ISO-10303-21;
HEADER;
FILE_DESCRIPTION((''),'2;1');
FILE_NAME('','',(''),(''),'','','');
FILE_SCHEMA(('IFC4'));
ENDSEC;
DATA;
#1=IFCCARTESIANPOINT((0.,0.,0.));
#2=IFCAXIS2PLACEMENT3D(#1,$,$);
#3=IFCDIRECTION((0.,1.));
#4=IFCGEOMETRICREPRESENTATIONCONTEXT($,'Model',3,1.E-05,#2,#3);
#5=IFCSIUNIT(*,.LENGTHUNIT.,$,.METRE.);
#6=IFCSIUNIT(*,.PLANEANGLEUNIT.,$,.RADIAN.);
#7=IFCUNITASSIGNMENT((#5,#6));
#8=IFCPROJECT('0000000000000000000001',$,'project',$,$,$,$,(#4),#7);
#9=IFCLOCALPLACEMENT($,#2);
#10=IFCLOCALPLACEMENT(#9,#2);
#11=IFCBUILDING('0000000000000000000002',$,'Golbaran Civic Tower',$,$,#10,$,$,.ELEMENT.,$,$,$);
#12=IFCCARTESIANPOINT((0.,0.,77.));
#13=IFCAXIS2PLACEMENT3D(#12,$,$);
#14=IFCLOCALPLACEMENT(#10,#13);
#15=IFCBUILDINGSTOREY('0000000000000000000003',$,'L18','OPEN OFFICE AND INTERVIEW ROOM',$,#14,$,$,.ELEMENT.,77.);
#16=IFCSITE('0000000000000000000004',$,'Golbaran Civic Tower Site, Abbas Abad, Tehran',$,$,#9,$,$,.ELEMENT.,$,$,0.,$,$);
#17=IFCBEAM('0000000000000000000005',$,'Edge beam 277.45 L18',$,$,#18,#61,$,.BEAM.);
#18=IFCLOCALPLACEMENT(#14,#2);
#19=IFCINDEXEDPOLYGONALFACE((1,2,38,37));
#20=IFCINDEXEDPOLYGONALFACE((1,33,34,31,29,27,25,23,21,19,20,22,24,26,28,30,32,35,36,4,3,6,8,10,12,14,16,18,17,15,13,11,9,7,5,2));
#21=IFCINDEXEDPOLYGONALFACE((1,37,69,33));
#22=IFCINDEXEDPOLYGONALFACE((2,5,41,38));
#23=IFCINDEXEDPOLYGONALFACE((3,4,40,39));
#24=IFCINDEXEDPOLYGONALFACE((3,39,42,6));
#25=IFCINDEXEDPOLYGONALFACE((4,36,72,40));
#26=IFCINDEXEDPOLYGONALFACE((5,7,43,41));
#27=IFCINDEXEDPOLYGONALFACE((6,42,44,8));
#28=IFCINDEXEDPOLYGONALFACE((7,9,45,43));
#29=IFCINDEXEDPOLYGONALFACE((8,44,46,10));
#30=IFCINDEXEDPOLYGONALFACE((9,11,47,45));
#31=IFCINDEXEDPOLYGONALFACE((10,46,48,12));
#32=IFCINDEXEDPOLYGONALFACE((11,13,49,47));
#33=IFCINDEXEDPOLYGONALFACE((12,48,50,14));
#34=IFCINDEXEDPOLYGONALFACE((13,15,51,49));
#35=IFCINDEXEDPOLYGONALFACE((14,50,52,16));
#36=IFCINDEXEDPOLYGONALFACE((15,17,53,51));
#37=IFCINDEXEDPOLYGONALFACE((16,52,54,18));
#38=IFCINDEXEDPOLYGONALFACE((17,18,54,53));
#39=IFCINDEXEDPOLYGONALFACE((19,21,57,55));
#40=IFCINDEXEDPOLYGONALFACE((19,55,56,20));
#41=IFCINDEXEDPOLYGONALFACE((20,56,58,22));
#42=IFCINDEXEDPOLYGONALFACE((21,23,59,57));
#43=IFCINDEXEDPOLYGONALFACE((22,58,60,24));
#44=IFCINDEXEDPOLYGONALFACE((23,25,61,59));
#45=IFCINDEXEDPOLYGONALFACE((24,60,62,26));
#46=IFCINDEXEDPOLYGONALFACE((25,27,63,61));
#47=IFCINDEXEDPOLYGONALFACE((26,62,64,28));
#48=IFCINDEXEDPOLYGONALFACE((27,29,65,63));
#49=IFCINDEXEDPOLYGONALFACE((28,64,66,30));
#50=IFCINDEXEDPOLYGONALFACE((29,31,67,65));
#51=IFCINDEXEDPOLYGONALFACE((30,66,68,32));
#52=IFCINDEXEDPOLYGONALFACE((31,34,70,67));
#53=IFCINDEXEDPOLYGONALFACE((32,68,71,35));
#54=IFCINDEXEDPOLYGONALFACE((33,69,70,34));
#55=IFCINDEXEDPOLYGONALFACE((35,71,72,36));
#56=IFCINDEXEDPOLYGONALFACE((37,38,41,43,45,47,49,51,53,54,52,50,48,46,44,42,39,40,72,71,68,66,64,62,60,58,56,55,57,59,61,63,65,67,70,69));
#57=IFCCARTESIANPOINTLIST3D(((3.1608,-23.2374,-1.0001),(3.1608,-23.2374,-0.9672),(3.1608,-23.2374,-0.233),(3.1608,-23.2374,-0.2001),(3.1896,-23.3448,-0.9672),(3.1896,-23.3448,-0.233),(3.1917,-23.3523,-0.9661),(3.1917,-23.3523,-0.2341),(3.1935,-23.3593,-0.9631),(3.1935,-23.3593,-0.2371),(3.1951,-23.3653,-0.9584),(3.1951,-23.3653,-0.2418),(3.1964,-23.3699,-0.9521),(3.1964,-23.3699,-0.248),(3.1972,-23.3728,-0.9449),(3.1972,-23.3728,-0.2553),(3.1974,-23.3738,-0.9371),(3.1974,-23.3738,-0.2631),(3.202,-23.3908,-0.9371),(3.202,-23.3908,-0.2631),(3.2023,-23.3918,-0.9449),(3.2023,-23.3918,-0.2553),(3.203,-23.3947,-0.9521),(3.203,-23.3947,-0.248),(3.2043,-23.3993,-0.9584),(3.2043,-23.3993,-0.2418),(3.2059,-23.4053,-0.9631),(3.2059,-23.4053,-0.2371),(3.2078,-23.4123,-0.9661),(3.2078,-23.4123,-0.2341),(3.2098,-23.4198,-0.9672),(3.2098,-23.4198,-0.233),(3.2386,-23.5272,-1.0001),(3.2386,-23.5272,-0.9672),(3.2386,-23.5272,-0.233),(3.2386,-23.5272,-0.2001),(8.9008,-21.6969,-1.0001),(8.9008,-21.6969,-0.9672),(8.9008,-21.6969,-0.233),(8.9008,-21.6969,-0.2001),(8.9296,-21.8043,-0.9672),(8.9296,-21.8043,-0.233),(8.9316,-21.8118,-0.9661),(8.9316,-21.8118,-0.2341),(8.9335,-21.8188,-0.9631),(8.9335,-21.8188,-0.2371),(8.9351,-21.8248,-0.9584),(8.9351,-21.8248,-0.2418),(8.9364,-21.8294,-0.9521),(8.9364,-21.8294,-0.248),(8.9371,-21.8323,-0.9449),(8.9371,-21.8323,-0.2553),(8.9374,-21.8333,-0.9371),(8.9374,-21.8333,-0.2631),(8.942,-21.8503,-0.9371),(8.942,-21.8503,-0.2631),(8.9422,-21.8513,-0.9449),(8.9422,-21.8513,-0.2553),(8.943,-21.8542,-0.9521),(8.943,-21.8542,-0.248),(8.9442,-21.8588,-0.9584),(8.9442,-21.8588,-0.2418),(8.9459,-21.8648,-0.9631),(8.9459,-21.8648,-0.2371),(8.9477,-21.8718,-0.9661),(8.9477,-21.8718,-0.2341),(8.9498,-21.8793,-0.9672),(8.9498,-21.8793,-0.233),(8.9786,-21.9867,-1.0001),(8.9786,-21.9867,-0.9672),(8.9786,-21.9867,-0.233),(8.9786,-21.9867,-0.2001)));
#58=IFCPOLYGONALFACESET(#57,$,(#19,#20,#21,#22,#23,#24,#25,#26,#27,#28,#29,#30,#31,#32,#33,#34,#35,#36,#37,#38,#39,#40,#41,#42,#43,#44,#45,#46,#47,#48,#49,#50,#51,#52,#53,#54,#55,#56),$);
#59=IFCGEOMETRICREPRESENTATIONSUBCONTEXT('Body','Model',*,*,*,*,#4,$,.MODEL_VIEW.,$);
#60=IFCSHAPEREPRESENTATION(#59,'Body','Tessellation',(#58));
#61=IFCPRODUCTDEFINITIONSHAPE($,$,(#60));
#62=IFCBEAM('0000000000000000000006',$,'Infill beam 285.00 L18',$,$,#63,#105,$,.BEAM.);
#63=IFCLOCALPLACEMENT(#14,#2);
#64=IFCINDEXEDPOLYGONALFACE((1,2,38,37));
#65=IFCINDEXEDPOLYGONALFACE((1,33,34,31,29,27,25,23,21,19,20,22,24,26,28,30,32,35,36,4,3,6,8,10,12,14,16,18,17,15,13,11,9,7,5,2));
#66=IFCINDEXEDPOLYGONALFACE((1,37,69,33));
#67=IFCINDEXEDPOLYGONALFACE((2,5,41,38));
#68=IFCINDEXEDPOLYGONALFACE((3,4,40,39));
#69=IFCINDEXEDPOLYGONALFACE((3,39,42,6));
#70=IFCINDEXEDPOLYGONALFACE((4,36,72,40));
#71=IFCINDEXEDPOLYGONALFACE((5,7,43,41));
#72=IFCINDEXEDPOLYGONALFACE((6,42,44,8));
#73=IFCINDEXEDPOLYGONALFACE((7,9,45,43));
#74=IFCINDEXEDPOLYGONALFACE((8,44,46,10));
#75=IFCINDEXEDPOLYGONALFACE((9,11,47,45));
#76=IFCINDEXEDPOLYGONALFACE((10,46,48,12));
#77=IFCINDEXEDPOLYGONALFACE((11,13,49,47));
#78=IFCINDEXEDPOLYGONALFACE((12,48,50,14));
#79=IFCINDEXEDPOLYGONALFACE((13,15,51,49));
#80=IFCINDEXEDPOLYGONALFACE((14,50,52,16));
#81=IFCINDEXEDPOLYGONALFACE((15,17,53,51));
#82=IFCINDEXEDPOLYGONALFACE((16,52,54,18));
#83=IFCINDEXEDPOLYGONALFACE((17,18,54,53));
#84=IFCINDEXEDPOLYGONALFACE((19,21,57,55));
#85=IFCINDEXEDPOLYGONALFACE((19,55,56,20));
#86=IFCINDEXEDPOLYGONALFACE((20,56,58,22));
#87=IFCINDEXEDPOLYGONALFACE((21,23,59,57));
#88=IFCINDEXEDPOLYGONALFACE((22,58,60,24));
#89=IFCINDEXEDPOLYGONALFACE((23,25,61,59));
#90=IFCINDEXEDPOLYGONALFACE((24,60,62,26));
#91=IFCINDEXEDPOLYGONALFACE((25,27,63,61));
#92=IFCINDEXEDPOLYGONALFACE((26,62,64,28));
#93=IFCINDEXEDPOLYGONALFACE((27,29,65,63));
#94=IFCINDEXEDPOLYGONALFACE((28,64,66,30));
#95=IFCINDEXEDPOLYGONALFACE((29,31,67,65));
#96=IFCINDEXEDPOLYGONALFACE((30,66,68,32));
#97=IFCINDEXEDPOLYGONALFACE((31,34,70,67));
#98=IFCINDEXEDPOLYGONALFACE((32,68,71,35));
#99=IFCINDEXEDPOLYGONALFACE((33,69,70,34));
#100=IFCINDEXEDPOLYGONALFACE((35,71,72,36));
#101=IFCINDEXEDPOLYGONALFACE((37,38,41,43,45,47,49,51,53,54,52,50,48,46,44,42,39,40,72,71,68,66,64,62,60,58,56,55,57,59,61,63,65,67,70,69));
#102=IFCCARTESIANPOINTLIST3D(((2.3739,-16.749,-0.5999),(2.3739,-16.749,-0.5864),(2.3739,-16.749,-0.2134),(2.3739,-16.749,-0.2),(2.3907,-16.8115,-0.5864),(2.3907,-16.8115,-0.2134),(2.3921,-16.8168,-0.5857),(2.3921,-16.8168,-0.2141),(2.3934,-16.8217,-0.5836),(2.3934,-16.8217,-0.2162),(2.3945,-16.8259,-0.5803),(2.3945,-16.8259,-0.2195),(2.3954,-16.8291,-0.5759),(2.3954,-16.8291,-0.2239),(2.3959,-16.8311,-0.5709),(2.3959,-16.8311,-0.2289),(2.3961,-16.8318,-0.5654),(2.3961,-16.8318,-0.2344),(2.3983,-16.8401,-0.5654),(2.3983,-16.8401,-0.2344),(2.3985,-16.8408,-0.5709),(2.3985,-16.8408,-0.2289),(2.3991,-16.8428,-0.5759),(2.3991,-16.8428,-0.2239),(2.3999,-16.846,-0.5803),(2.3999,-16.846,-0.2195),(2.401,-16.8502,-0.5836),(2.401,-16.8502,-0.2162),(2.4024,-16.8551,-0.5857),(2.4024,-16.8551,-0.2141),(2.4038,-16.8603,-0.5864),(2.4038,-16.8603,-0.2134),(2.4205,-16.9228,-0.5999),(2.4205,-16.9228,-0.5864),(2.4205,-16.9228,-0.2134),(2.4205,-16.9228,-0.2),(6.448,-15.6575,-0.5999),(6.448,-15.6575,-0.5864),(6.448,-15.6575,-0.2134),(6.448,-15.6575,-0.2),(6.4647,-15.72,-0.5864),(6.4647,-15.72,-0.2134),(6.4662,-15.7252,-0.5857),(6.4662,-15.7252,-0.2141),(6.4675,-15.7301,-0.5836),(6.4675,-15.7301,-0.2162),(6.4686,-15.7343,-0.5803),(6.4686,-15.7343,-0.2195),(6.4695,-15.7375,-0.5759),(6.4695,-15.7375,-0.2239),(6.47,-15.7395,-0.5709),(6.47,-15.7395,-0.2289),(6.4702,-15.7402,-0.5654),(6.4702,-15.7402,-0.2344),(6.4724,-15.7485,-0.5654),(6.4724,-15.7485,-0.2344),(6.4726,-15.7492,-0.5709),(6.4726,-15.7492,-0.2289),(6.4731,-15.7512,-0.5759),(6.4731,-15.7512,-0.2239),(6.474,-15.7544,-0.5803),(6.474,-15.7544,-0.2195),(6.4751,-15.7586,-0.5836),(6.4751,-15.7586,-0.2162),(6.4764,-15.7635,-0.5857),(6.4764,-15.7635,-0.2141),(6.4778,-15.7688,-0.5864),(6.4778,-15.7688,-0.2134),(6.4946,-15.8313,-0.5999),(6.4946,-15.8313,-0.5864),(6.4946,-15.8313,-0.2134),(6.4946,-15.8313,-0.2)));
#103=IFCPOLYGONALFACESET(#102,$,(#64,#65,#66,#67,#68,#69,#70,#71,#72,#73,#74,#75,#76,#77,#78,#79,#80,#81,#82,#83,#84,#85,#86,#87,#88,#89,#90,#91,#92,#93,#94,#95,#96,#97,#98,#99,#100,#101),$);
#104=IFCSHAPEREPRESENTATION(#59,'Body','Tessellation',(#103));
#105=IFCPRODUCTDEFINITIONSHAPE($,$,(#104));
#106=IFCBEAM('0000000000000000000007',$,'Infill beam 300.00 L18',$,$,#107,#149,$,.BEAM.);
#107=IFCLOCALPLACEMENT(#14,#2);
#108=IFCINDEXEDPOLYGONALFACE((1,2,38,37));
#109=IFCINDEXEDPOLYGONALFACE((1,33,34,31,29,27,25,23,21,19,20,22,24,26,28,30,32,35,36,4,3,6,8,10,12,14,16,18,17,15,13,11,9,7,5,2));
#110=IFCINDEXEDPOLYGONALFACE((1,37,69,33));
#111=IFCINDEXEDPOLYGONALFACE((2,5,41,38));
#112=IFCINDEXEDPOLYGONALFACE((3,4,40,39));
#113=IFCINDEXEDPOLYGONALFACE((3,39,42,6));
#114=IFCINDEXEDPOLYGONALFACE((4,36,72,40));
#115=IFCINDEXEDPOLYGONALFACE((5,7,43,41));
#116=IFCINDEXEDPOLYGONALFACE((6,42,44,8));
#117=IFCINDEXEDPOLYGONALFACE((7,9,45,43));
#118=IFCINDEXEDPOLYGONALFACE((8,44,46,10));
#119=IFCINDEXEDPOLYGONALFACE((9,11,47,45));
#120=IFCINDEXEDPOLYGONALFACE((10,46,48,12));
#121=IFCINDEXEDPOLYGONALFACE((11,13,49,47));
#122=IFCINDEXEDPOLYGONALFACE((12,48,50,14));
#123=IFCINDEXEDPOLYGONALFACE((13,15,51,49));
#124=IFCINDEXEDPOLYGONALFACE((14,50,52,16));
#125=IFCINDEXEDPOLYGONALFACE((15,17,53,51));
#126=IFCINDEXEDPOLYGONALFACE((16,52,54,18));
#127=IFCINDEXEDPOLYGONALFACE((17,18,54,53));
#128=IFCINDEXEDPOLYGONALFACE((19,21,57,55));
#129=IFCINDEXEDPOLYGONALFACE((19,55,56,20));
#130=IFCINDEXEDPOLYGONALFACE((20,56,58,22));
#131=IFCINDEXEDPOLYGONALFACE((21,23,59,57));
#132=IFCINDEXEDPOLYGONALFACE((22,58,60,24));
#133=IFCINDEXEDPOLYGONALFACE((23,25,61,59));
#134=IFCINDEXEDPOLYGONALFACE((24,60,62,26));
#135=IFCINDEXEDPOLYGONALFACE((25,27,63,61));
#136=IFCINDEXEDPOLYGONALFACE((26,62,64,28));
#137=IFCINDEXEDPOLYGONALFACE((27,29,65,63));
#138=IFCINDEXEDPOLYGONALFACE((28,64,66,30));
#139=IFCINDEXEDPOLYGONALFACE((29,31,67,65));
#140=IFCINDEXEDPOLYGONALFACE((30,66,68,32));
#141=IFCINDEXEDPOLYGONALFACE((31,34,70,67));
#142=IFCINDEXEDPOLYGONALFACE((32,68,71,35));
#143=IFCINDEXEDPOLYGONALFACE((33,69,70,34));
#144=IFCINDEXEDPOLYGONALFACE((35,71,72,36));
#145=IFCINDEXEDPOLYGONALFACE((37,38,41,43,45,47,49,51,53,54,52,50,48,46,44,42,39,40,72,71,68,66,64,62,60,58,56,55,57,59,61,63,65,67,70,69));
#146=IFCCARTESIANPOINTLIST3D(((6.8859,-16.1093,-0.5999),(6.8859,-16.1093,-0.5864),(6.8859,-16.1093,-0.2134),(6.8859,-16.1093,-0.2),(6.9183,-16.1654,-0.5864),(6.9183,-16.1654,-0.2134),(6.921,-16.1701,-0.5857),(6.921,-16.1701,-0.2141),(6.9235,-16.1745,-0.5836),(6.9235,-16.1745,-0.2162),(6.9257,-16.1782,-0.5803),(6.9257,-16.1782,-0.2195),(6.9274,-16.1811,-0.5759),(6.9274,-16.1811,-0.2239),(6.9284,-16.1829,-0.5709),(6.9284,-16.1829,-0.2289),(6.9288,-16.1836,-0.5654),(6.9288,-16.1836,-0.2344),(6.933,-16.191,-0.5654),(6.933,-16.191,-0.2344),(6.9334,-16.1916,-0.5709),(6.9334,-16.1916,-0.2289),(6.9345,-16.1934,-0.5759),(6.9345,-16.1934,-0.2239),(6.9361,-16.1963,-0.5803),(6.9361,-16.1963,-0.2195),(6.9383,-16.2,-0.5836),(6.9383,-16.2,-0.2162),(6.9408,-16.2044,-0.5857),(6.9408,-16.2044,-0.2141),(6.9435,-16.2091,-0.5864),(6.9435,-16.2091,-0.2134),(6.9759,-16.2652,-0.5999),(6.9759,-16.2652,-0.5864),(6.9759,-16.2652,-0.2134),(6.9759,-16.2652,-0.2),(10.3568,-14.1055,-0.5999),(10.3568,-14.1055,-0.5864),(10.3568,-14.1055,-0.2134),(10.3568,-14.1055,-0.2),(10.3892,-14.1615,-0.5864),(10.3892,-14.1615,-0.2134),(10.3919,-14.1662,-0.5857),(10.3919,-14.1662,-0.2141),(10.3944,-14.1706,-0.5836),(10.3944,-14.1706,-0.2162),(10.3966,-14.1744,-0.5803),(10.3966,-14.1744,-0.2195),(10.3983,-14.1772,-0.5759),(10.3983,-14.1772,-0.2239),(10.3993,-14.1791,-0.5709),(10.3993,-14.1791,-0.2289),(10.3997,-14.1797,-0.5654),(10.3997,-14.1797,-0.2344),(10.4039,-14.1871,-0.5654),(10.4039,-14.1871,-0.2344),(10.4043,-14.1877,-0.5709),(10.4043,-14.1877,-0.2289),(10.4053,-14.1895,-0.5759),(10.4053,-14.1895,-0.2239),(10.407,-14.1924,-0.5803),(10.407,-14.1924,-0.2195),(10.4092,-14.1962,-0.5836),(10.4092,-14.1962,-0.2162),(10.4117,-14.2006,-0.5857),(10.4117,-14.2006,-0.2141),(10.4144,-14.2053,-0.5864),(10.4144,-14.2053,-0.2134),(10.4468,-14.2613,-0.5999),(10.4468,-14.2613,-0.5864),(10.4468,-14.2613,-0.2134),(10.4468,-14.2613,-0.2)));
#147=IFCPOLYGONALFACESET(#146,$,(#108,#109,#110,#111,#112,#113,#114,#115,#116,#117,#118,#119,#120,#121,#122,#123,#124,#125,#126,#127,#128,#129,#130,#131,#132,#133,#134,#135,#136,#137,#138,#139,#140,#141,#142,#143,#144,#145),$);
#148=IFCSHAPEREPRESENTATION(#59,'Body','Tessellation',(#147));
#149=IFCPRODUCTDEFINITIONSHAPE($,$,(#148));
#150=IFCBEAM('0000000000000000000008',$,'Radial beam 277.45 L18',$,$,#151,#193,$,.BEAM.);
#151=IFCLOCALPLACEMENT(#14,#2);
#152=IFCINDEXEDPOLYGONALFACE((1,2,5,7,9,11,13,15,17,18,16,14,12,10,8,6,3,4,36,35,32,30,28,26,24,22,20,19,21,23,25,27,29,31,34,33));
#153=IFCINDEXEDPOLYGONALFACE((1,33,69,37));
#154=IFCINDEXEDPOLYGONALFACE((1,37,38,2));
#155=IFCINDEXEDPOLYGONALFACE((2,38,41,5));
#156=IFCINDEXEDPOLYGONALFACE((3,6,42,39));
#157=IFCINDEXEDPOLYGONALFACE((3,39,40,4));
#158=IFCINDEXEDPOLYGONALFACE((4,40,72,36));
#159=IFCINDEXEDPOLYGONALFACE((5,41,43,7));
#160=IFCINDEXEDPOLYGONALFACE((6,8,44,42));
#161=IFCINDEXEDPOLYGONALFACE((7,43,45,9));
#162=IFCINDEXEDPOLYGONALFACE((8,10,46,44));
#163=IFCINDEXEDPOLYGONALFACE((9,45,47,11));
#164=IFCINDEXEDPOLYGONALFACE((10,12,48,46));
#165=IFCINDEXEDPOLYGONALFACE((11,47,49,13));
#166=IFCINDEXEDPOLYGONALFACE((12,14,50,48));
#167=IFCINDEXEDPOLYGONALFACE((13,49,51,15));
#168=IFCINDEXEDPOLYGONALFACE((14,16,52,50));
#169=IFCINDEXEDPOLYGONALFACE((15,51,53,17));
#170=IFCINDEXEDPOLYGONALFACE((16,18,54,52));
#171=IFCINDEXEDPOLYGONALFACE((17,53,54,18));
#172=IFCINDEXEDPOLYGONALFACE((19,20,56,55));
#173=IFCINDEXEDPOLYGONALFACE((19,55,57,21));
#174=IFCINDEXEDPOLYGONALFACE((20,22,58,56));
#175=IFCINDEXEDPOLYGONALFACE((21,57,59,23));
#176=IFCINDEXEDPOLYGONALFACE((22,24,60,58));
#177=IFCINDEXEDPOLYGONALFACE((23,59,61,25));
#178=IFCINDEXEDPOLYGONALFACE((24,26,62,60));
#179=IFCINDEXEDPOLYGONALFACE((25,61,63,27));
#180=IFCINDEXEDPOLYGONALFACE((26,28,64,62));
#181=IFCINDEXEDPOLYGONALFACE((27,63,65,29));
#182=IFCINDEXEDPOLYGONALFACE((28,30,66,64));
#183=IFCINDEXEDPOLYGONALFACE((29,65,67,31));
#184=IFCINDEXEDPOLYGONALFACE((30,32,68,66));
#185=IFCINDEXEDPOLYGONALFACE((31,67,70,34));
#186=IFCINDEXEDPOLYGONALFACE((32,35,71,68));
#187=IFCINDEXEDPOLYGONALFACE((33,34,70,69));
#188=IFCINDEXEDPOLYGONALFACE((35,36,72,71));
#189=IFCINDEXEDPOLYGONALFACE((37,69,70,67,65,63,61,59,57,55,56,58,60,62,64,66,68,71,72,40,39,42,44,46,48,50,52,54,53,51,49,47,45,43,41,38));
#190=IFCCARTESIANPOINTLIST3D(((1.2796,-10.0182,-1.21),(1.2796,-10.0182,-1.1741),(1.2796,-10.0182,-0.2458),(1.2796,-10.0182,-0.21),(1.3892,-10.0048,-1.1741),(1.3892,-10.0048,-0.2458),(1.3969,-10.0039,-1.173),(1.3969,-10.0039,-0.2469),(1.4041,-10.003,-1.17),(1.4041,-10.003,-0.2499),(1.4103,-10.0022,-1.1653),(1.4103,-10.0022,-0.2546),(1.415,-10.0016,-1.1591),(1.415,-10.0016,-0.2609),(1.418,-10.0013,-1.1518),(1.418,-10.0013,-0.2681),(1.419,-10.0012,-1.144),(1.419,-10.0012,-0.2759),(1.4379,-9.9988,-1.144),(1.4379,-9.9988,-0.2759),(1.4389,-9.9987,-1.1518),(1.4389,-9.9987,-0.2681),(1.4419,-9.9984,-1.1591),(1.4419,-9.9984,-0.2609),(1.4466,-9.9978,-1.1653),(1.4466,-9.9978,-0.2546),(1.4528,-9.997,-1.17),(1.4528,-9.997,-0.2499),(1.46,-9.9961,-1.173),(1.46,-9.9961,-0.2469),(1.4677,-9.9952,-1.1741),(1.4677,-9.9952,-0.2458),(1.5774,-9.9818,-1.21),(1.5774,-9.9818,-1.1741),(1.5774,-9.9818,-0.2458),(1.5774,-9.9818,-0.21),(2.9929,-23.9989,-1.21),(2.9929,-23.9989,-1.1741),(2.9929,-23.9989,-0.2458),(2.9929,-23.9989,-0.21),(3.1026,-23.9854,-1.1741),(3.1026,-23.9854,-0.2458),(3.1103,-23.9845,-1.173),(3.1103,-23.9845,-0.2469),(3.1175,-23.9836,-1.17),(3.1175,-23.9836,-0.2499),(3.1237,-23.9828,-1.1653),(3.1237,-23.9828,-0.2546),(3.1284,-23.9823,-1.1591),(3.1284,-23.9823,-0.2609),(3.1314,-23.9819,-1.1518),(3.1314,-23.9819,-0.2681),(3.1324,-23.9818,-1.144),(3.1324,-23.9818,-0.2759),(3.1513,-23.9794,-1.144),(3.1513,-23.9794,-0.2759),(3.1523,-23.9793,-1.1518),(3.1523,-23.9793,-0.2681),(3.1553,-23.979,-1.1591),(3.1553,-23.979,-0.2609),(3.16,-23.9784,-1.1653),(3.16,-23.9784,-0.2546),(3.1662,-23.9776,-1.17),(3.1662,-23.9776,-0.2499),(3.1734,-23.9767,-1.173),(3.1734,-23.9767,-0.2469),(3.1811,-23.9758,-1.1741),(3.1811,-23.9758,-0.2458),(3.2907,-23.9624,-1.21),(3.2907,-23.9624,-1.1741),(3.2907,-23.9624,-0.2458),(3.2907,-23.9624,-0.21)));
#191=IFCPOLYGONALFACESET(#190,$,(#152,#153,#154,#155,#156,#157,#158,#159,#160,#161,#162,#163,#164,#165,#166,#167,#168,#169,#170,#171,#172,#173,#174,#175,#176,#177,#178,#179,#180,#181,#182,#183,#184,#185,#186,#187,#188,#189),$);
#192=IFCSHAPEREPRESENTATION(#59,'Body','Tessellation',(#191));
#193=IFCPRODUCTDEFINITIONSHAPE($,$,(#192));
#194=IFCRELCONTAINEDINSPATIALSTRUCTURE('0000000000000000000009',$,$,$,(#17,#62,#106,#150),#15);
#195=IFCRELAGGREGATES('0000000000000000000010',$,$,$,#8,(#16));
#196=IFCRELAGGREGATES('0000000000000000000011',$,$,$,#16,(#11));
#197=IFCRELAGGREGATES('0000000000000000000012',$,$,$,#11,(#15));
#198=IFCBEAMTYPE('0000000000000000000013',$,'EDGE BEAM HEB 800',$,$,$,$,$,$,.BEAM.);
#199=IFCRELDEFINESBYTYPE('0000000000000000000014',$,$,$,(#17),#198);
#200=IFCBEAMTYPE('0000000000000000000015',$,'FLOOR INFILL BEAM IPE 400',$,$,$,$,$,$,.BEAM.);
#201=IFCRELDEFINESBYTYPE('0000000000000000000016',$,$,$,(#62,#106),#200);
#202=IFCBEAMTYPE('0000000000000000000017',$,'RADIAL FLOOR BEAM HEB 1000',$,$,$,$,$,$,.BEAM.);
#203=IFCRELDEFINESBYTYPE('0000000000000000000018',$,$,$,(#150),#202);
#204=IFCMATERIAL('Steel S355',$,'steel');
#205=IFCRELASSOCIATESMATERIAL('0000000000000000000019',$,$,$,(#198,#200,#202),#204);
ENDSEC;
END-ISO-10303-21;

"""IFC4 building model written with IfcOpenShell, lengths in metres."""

from ifc_helpers import new_model, si_unit, direction, frame, origin, origin_2d, place, context, subcontext, project, spatial, i_section, extrude, material, material_profile, profile_set, type_object, element, save


model = new_model("IFC4")

# Units and contexts
model_context = context("Model", 3, precision=1e-05, world=origin(), true_north=direction((0.0, 1.0)))
body_context = subcontext(model_context, "Body", "Model", "MODEL_VIEW")
ifc_project = project(units=[si_unit("LENGTHUNIT", "METRE"), si_unit("PLANEANGLEUNIT", "RADIAN")], contexts=[model_context])

# Site, building, storey
site_placement = place(None, origin())
site = spatial("IfcSite", under=ifc_project, at=site_placement, Name="Golbaran Civic Tower Site, Abbas Abad, Tehran", CompositionType="ELEMENT", RefElevation=0.0)
building_placement = place(site_placement, origin())
building = spatial("IfcBuilding", under=site, at=building_placement, Name="Golbaran Civic Tower", CompositionType="ELEMENT")
storey_placement = place(building_placement, frame((0.0, 0.0, 77.0)))
storey = spatial("IfcBuildingStorey", under=building, at=storey_placement, Name="L18", Description="OPEN OFFICE AND INTERVIEW ROOM", CompositionType="ELEMENT", Elevation=77.0)

# Beams
ifc_material_1 = material(Name="Steel S355", Category="steel")
ifc_material_profile_1 = material_profile(ifc_material_1, i_section(OverallWidth=0.3, OverallDepth=0.8, WebThickness=0.0176, FlangeThickness=0.033, FilletRadius=0.03, at=origin_2d()), Name="HEB 800")
ifc_profile_set_1 = profile_set([ifc_material_profile_1], Name="Steel S355")
beam_type_1 = type_object("IfcBeamType", Name="EDGE BEAM HEB 800", PredefinedType="BEAM", material=ifc_profile_set_1)
beam_1_placement = place(storey_placement, frame((3.1997, -23.3823, -0.6001), z_axis=(0.965821, 0.259212, 0.0), x_axis=(-0.259212, 0.965821, 0.0)))
element("IfcBeam", 1, at=beam_1_placement, inside=storey, type_object=beam_type_1, Name="Edge beam 277.45 L18", PredefinedType="BEAM", context=body_context, shape_type="SweptSolid", body=[
    extrude(i_section(OverallWidth=0.3, OverallDepth=0.8, WebThickness=0.0176, FlangeThickness=0.033, FilletRadius=0.03, at=origin_2d()), origin(), (0.0, 0.0, 1.0), 5.9431),
])
ifc_material_profile_2 = material_profile(ifc_material_1, i_section(OverallWidth=0.1799, OverallDepth=0.3999, WebThickness=0.0085, FlangeThickness=0.0134, FilletRadius=0.021, at=origin_2d()), Name="IPE 400")
ifc_profile_set_2 = profile_set([ifc_material_profile_2], Name="Steel S355")
beam_type_2 = type_object("IfcBeamType", Name="FLOOR INFILL BEAM IPE 400", PredefinedType="BEAM", material=ifc_profile_set_2)
beam_2_placement = place(storey_placement, frame((2.3972, -16.8359, -0.3999), z_axis=(0.96593, 0.258805, 0.0), x_axis=(-0.258805, 0.96593, 0.0)))
element("IfcBeam", 2, at=beam_2_placement, inside=storey, type_object=beam_type_2, Name="Infill beam 285.00 L18", PredefinedType="BEAM", context=body_context, shape_type="SweptSolid", body=[
    extrude(i_section(OverallWidth=0.1799, OverallDepth=0.3999, WebThickness=0.0085, FlangeThickness=0.0134, FilletRadius=0.021, at=origin_2d()), origin(), (0.0, 0.0, 1.0), 4.2178),
])
beam_3_placement = place(storey_placement, frame((6.9309, -16.1873, -0.3999), z_axis=(0.86603, 0.499991, 0.0), x_axis=(-0.499991, 0.86603, 0.0)))
element("IfcBeam", 3, at=beam_3_placement, inside=storey, type_object=beam_type_2, Name="Infill beam 300.00 L18", PredefinedType="BEAM", context=body_context, shape_type="SweptSolid", body=[
    extrude(i_section(OverallWidth=0.1799, OverallDepth=0.3999, WebThickness=0.0085, FlangeThickness=0.0134, FilletRadius=0.021, at=origin_2d()), origin(), (0.0, 0.0, 1.0), 4.0078),
])
ifc_material_profile_3 = material_profile(ifc_material_1, i_section(OverallWidth=0.3, OverallDepth=1.0, WebThickness=0.019, FlangeThickness=0.0359, FilletRadius=0.03, at=origin_2d()), Name="HEB 1000")
ifc_profile_set_3 = profile_set([ifc_material_profile_3], Name="Steel S355")
beam_type_3 = type_object("IfcBeamType", Name="RADIAL FLOOR BEAM HEB 1000", PredefinedType="BEAM", material=ifc_profile_set_3)
beam_4_placement = place(storey_placement, frame((1.4285, -10.0, -0.71), z_axis=(0.121643, -0.992574, 0.0), x_axis=(0.992574, 0.121643, 0.0)))
element("IfcBeam", 4, at=beam_4_placement, inside=storey, type_object=beam_type_3, Name="Radial beam 277.45 L18", PredefinedType="BEAM", context=body_context, shape_type="SweptSolid", body=[
    extrude(i_section(OverallWidth=0.3, OverallDepth=1.0, WebThickness=0.019, FlangeThickness=0.0359, FilletRadius=0.03, at=origin_2d()), origin(), (0.0, 0.0, 1.0), 14.0852),
])

save(model, "model.ifc")
